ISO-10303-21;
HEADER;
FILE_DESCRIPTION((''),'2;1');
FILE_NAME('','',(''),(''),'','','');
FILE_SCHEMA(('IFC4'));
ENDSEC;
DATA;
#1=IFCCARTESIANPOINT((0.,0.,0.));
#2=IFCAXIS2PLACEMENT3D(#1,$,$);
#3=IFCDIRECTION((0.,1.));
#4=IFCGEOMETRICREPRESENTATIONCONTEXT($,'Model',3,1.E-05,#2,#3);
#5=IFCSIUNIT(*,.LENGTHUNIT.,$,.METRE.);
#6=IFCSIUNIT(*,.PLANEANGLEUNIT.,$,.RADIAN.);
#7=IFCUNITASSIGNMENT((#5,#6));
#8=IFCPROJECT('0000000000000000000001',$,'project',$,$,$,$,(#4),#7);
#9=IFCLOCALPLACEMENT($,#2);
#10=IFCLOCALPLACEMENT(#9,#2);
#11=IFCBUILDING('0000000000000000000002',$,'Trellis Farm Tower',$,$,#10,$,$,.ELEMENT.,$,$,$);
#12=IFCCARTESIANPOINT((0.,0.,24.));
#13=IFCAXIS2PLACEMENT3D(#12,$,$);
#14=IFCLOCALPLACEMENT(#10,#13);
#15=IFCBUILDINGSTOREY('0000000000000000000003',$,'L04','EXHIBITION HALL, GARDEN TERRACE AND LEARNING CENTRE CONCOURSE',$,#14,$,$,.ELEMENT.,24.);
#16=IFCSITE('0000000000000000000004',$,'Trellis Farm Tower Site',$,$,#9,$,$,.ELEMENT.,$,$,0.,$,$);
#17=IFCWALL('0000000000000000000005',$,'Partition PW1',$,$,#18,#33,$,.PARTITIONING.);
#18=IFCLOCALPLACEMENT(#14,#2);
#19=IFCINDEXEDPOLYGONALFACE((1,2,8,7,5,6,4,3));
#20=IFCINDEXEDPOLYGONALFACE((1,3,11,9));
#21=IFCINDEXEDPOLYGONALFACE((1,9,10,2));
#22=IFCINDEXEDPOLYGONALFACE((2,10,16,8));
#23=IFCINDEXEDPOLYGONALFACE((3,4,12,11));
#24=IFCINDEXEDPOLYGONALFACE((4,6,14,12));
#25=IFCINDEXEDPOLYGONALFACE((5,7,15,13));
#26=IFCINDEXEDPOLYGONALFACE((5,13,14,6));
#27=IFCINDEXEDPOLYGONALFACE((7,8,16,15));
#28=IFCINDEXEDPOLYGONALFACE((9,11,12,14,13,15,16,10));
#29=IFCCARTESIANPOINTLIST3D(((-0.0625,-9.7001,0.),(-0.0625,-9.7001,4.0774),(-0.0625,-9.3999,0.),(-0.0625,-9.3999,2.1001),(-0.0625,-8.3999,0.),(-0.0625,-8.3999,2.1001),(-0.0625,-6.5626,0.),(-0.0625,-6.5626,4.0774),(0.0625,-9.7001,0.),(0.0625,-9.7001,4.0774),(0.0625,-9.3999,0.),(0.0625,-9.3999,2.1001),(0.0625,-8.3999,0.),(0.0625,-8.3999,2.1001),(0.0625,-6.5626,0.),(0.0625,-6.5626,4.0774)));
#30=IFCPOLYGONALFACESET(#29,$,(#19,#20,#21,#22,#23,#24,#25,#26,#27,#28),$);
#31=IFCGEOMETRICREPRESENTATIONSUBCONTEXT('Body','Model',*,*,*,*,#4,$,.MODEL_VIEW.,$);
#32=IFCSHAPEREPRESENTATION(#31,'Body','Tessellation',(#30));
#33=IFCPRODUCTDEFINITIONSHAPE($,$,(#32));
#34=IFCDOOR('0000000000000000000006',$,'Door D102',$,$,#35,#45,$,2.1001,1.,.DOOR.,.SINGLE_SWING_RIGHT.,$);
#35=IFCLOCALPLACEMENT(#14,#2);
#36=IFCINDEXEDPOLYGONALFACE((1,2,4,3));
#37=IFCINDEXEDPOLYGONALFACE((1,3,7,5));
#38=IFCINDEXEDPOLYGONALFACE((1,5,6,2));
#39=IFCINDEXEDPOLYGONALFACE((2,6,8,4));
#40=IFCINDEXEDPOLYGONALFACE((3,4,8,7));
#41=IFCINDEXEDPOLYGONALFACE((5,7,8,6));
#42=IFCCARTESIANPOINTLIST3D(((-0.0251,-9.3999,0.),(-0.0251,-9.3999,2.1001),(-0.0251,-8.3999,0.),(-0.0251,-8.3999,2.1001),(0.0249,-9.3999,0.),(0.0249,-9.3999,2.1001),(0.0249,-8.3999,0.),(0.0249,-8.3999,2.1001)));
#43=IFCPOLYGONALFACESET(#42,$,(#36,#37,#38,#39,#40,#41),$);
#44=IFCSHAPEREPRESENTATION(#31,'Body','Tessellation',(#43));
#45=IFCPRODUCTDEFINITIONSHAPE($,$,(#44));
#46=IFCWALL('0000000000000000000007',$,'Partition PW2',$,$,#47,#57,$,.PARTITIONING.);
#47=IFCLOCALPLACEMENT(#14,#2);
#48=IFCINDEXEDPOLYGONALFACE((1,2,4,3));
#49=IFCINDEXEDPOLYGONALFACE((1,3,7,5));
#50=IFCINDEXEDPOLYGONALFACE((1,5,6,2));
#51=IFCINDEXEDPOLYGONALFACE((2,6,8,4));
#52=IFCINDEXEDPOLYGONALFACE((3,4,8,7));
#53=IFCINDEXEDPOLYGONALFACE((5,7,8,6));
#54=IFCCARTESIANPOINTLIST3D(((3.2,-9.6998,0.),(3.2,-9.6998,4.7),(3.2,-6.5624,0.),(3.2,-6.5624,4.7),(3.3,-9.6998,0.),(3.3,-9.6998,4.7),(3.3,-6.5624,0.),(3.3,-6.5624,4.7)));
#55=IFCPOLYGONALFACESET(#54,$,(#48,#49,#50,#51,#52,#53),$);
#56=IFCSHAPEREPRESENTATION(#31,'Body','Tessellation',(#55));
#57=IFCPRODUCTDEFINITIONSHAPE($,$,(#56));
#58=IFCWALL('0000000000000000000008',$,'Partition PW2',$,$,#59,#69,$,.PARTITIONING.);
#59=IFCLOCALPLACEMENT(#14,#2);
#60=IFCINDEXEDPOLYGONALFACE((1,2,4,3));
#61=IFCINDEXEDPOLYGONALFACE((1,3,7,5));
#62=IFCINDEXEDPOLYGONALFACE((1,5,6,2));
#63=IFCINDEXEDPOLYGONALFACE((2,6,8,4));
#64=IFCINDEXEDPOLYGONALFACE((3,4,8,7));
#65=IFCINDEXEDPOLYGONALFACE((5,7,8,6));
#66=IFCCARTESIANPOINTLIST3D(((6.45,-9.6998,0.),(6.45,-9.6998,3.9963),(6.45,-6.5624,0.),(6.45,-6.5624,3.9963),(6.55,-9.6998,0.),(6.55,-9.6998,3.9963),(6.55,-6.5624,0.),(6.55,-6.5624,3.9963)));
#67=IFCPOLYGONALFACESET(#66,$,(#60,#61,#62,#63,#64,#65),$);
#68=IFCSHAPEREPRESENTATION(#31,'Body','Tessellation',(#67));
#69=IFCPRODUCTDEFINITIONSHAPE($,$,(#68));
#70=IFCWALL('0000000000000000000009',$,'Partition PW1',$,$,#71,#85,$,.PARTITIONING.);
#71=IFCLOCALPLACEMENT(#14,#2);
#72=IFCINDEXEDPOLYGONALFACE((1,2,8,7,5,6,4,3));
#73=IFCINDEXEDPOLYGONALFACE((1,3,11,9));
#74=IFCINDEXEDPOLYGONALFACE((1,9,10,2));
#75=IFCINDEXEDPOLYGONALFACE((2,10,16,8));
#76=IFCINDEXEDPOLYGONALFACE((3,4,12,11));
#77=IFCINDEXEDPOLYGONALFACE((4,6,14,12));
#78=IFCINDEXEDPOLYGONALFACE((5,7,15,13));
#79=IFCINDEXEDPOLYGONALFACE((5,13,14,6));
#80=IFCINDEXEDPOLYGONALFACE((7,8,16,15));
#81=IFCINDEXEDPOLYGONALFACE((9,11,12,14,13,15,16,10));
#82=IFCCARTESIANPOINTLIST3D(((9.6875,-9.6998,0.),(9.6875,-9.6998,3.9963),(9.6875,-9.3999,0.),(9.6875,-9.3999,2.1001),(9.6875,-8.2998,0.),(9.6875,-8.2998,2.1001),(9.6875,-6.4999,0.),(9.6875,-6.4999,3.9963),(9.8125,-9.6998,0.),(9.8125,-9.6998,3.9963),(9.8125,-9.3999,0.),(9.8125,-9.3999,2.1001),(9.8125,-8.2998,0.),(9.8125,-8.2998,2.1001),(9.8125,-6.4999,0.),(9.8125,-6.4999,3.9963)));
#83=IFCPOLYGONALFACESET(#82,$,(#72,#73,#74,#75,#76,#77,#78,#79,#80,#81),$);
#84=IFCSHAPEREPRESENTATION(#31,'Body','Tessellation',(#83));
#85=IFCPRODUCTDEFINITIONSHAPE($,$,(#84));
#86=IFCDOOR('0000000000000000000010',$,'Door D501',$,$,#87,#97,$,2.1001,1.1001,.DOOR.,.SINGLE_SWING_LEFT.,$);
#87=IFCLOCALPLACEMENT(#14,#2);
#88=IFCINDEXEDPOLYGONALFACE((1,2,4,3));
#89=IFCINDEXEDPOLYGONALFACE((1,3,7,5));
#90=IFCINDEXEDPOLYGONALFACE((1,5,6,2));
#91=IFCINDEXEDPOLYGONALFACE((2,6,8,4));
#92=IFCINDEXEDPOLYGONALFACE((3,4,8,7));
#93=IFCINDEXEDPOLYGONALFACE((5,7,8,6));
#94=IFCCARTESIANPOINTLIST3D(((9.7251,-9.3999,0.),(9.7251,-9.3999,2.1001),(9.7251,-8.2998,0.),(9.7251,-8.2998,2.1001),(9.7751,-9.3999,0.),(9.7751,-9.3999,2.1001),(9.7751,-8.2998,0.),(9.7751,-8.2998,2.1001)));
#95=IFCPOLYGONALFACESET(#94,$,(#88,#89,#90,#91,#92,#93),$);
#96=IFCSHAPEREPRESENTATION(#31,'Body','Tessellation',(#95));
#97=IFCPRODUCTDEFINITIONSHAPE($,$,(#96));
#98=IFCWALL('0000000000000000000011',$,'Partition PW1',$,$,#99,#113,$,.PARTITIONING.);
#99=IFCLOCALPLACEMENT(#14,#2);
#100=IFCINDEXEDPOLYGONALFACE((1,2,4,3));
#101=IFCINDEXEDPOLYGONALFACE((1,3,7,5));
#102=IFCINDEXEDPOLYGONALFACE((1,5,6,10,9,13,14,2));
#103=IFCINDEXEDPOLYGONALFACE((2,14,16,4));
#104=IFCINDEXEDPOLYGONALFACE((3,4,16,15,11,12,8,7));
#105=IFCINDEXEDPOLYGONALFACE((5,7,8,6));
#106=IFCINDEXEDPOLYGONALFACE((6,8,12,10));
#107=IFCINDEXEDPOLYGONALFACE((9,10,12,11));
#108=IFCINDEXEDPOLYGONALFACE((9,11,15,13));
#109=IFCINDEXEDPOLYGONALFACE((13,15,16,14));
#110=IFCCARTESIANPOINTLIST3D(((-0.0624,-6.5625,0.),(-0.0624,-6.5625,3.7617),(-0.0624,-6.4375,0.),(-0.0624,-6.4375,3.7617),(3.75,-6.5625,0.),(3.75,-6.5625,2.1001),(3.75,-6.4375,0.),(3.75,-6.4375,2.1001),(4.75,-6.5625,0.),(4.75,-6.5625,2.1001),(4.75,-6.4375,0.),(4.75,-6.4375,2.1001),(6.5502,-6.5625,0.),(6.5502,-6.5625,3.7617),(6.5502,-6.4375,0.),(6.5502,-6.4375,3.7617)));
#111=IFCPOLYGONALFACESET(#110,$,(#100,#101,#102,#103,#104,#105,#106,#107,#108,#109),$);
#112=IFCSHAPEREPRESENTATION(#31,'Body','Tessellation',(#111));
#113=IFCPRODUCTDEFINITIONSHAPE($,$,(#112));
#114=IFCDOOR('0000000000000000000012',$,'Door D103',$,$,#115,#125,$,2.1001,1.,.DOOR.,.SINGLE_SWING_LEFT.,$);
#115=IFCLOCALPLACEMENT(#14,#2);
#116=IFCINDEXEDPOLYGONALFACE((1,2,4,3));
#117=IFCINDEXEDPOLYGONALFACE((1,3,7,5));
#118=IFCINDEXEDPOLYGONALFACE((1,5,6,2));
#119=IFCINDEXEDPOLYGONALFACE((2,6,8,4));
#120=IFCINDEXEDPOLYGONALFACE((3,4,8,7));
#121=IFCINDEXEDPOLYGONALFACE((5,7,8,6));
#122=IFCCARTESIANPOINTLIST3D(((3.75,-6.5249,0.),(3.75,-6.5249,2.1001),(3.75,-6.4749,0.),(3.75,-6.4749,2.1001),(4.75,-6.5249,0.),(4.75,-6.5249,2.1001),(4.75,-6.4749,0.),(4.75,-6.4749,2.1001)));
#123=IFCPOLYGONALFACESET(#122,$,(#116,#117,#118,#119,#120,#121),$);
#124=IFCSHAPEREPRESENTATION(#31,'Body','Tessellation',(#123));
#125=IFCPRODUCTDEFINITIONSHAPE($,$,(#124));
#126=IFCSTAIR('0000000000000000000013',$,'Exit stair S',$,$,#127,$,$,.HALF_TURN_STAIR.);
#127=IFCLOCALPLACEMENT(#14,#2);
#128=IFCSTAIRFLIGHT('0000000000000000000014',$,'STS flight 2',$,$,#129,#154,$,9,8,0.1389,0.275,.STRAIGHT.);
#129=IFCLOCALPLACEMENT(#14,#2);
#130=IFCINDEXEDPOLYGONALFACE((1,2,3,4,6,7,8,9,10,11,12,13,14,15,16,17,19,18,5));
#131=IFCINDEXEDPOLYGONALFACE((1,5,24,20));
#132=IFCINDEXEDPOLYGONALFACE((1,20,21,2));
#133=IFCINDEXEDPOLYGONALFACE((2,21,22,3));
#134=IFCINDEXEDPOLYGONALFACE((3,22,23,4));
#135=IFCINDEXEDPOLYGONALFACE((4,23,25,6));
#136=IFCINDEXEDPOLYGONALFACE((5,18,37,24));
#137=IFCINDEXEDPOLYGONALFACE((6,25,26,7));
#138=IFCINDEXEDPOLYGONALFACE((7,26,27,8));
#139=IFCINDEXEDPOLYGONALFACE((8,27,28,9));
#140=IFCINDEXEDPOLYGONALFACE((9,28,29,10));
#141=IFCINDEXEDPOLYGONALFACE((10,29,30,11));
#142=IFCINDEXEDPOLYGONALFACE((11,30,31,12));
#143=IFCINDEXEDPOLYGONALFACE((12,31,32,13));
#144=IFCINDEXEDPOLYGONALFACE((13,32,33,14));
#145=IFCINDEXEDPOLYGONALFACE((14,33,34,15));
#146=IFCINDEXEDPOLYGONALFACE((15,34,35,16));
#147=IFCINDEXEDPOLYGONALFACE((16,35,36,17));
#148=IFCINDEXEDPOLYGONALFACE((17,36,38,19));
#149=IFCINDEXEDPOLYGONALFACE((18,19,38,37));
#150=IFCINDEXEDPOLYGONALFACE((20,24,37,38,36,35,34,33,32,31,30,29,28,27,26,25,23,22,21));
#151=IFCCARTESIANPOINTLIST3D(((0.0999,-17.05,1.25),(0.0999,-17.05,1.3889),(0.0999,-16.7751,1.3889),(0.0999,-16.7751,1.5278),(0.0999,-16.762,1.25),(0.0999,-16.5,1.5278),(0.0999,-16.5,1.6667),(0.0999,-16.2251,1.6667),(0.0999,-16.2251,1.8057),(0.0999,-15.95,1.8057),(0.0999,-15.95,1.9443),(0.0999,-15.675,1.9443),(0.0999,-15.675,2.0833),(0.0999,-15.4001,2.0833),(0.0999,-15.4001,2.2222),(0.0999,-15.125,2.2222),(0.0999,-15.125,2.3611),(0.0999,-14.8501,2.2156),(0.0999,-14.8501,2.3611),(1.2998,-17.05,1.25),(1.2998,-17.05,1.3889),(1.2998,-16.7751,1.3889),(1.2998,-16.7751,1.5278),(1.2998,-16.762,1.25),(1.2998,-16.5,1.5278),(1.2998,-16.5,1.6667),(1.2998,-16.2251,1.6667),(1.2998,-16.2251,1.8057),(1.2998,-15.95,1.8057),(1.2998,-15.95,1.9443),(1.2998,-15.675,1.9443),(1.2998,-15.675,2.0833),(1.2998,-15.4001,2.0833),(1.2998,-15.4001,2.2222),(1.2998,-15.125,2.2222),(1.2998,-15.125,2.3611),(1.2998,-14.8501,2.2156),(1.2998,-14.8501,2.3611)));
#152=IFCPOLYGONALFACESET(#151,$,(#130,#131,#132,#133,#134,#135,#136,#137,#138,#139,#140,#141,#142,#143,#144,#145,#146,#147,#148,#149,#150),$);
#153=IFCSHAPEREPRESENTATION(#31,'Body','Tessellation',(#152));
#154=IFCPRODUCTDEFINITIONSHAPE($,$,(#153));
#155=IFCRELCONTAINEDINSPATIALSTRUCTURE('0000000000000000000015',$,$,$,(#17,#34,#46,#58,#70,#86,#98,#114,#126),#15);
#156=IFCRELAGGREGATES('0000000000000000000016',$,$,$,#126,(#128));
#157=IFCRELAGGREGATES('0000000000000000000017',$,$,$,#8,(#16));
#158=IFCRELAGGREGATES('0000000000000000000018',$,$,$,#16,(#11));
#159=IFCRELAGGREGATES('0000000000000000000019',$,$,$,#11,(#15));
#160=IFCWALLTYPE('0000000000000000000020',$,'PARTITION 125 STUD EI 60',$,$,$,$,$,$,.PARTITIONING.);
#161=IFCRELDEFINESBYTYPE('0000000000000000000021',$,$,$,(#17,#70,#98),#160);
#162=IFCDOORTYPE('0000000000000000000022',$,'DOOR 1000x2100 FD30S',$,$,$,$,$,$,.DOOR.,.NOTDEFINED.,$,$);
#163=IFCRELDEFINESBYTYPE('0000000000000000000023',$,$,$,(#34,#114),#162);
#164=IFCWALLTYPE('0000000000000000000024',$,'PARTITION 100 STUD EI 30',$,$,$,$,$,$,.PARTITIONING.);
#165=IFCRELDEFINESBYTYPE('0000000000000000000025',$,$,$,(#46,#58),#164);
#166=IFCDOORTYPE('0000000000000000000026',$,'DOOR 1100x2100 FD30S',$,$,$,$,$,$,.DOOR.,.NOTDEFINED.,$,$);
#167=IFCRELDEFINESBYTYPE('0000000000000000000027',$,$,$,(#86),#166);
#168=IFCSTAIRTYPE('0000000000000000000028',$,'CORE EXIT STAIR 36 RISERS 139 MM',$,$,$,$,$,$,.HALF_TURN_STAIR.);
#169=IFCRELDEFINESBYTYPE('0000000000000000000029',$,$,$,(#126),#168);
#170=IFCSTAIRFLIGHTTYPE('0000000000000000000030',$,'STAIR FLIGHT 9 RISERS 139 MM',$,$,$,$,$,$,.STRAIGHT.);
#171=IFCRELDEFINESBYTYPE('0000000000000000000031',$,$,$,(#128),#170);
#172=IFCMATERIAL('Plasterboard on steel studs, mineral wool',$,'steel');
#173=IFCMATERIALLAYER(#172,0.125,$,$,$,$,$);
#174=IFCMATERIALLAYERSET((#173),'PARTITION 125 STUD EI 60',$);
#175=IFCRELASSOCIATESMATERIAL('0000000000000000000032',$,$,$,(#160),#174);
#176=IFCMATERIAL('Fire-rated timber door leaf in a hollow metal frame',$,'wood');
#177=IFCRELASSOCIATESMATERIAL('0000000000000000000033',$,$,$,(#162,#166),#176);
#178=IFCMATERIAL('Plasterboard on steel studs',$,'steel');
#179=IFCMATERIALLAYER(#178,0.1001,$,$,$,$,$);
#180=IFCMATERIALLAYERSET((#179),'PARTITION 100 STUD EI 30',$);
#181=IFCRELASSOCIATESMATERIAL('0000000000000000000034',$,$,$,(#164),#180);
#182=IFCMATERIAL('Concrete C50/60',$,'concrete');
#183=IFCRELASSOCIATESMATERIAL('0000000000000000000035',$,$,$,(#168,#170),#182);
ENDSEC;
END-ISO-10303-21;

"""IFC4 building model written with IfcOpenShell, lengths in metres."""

from ifc_helpers import new_model, si_unit, direction, frame, frame_2d, origin, place, context, subcontext, project, spatial, polyline, rectangle, outline, extrude, source, transform, mapped, material, layer, layer_set, type_object, element, fill, aggregate, save


model = new_model("IFC4")

# Units and contexts
model_context = context("Model", 3, precision=1e-05, world=origin(), true_north=direction((0.0, 1.0)))
body_context = subcontext(model_context, "Body", "Model", "MODEL_VIEW")
ifc_project = project(units=[si_unit("LENGTHUNIT", "METRE"), si_unit("PLANEANGLEUNIT", "RADIAN")], contexts=[model_context])

# Site, building, storey
site_placement = place(None, origin())
site = spatial("IfcSite", under=ifc_project, at=site_placement, Name="Trellis Farm Tower Site", CompositionType="ELEMENT", RefElevation=0.0)
building_placement = place(site_placement, origin())
building = spatial("IfcBuilding", under=site, at=building_placement, Name="Trellis Farm Tower", CompositionType="ELEMENT")
storey_placement = place(building_placement, frame((0.0, 0.0, 24.0)))
storey = spatial("IfcBuildingStorey", under=building, at=storey_placement, Name="L04", Description="EXHIBITION HALL, GARDEN TERRACE AND LEARNING CENTRE CONCOURSE", CompositionType="ELEMENT", Elevation=24.0)

# Wall, opening, door
ifc_material_1 = material(Name="Plasterboard on steel studs, mineral wool", Category="steel")
ifc_layer_1 = layer(ifc_material_1, 0.125)
ifc_layer_set_1 = layer_set([ifc_layer_1], Name="PARTITION 125 STUD EI 60")
wall_type_1 = type_object("IfcWallType", Name="PARTITION 125 STUD EI 60", PredefinedType="PARTITIONING", material=ifc_layer_set_1)
shared_shape_1 = source(origin(), body_context, "Body", "SweptSolid", [
    extrude(rectangle(XDim=3.1375, YDim=0.125, at=frame_2d((1.5688, 0.0))), origin(), (0.0, 0.0, 1.0), 4.0774),
])
wall_1_placement = place(storey_placement, frame((0.0, -6.5625, 0.0), z_axis=(0.0, 0.0, 1.0), x_axis=(0.0, -1.0, 0.0)))
wall_1 = element("IfcWall", 1, at=wall_1_placement, inside=storey, type_object=wall_type_1, Name="Partition PW1", PredefinedType="PARTITIONING", context=body_context, shape_type="MappedRepresentation", body=[
    mapped(shared_shape_1, transform((0.0, 0.0, 0.0))),
])
shared_shape_2 = source(origin(), body_context, "Body", "SweptSolid", [
    extrude(rectangle(XDim=1.0, YDim=2.1001, at=frame_2d((0.5, 1.05))), frame((0.0, 0.0725, 0.0), z_axis=(0.0, -1.0, 0.0), x_axis=(1.0, 0.0, 0.0)), (0.0, 0.0, 1.0), 0.145),
])
opening_1_placement = place(wall_1_placement, frame((1.8374, 0.0, 0.0)))
opening_1 = element("IfcOpeningElement", 2, at=opening_1_placement, cuts=wall_1, PredefinedType="OPENING", context=body_context, shape_type="MappedRepresentation", body=[
    mapped(shared_shape_2, transform((0.0, 0.0, 0.0))),
])
ifc_material_2 = material(Name="Fire-rated timber door leaf in a hollow metal frame", Category="wood")
door_type_1 = type_object("IfcDoorType", Name="DOOR 1000x2100 FD30S", OperationType="NOTDEFINED", PredefinedType="DOOR", material=ifc_material_2)
shared_shape_3 = source(origin(), body_context, "Body", "SweptSolid", [
    extrude(rectangle(XDim=1.0, YDim=2.1001, at=frame_2d((0.5, 1.05))), frame((0.0, 0.0249, 0.0), z_axis=(0.0, -1.0, 0.0), x_axis=(1.0, 0.0, 0.0)), (0.0, 0.0, 1.0), 0.05),
])
door_1_placement = place(opening_1_placement, origin())
door_1 = element("IfcDoor", 3, at=door_1_placement, inside=storey, type_object=door_type_1, Name="Door D102", OperationType="SINGLE_SWING_RIGHT", OverallHeight=2.1001, OverallWidth=1.0, PredefinedType="DOOR", context=body_context, shape_type="MappedRepresentation", body=[
    mapped(shared_shape_3, transform((0.0, 0.0, 0.0))),
])
fill(opening_1, door_1)

# Walls
ifc_material_3 = material(Name="Plasterboard on steel studs", Category="steel")
ifc_layer_2 = layer(ifc_material_3, 0.1001)
ifc_layer_set_2 = layer_set([ifc_layer_2], Name="PARTITION 100 STUD EI 30")
wall_type_2 = type_object("IfcWallType", Name="PARTITION 100 STUD EI 30", PredefinedType="PARTITIONING", material=ifc_layer_set_2)
shared_shape_4 = source(origin(), body_context, "Body", "SweptSolid", [
    extrude(rectangle(XDim=3.1375, YDim=0.1001, at=frame_2d((1.5688, 0.0))), origin(), (0.0, 0.0, 1.0), 4.7),
])
wall_2_placement = place(storey_placement, frame((3.25, -9.7, 0.0), z_axis=(0.0, 0.0, 1.0), x_axis=(0.0, 1.0, 0.0)))
element("IfcWall", 4, at=wall_2_placement, inside=storey, type_object=wall_type_2, Name="Partition PW2", PredefinedType="PARTITIONING", context=body_context, shape_type="MappedRepresentation", body=[
    mapped(shared_shape_4, transform((0.0, 0.0, 0.0))),
])
shared_shape_5 = source(origin(), body_context, "Body", "SweptSolid", [
    extrude(rectangle(XDim=3.1375, YDim=0.1001, at=frame_2d((1.5688, 0.0))), origin(), (0.0, 0.0, 1.0), 3.9963),
])
wall_3_placement = place(storey_placement, frame((6.5, -9.7, 0.0), z_axis=(0.0, 0.0, 1.0), x_axis=(0.0, 1.0, 0.0)))
element("IfcWall", 5, at=wall_3_placement, inside=storey, type_object=wall_type_2, Name="Partition PW2", PredefinedType="PARTITIONING", context=body_context, shape_type="MappedRepresentation", body=[
    mapped(shared_shape_5, transform((0.0, 0.0, 0.0))),
])

# Walls, openings, doors
shared_shape_6 = source(origin(), body_context, "Body", "SweptSolid", [
    extrude(rectangle(XDim=3.2, YDim=0.125, at=frame_2d((1.6001, 0.0))), origin(), (0.0, 0.0, 1.0), 3.9963),
])
wall_4_placement = place(storey_placement, frame((9.75, -9.7, 0.0), z_axis=(0.0, 0.0, 1.0), x_axis=(0.0, 1.0, 0.0)))
wall_4 = element("IfcWall", 6, at=wall_4_placement, inside=storey, type_object=wall_type_1, Name="Partition PW1", PredefinedType="PARTITIONING", context=body_context, shape_type="MappedRepresentation", body=[
    mapped(shared_shape_6, transform((0.0, 0.0, 0.0))),
])
shared_shape_7 = source(origin(), body_context, "Body", "SweptSolid", [
    extrude(rectangle(XDim=1.1001, YDim=2.1001, at=frame_2d((0.55, 1.05))), frame((0.0, 0.0725, 0.0), z_axis=(0.0, -1.0, 0.0), x_axis=(1.0, 0.0, 0.0)), (0.0, 0.0, 1.0), 0.145),
])
opening_2_placement = place(wall_4_placement, frame((0.3, 0.0, 0.0)))
opening_2 = element("IfcOpeningElement", 7, at=opening_2_placement, cuts=wall_4, PredefinedType="OPENING", context=body_context, shape_type="MappedRepresentation", body=[
    mapped(shared_shape_7, transform((0.0, 0.0, 0.0))),
])
door_type_2 = type_object("IfcDoorType", Name="DOOR 1100x2100 FD30S", OperationType="NOTDEFINED", PredefinedType="DOOR", material=ifc_material_2)
shared_shape_8 = source(origin(), body_context, "Body", "SweptSolid", [
    extrude(rectangle(XDim=1.1001, YDim=2.1001, at=frame_2d((0.55, 1.05))), frame((0.0, 0.0249, 0.0), z_axis=(0.0, -1.0, 0.0), x_axis=(1.0, 0.0, 0.0)), (0.0, 0.0, 1.0), 0.05),
])
door_2_placement = place(opening_2_placement, origin())
door_2 = element("IfcDoor", 8, at=door_2_placement, inside=storey, type_object=door_type_2, Name="Door D501", OperationType="SINGLE_SWING_LEFT", OverallHeight=2.1001, OverallWidth=1.1001, PredefinedType="DOOR", context=body_context, shape_type="MappedRepresentation", body=[
    mapped(shared_shape_8, transform((0.0, 0.0, 0.0))),
])
fill(opening_2, door_2)
shared_shape_9 = source(origin(), body_context, "Body", "SweptSolid", [
    extrude(rectangle(XDim=6.6125, YDim=0.125, at=frame_2d((3.3062, 0.0))), origin(), (0.0, 0.0, 1.0), 3.7617),
])
wall_5_placement = place(storey_placement, frame((6.55, -6.5, 0.0), z_axis=(0.0, 0.0, 1.0), x_axis=(-1.0, 0.0, 0.0)))
wall_5 = element("IfcWall", 9, at=wall_5_placement, inside=storey, type_object=wall_type_1, Name="Partition PW1", PredefinedType="PARTITIONING", context=body_context, shape_type="MappedRepresentation", body=[
    mapped(shared_shape_9, transform((0.0, 0.0, 0.0))),
])
opening_3_placement = place(wall_5_placement, frame((1.8, 0.0, 0.0)))
opening_3 = element("IfcOpeningElement", 10, at=opening_3_placement, cuts=wall_5, PredefinedType="OPENING", context=body_context, shape_type="MappedRepresentation", body=[
    mapped(shared_shape_2, transform((0.0, 0.0, 0.0))),
])
door_3_placement = place(opening_3_placement, origin())
door_3 = element("IfcDoor", 11, at=door_3_placement, inside=storey, type_object=door_type_1, Name="Door D103", OperationType="SINGLE_SWING_LEFT", OverallHeight=2.1001, OverallWidth=1.0, PredefinedType="DOOR", context=body_context, shape_type="MappedRepresentation", body=[
    mapped(shared_shape_3, transform((0.0, 0.0, 0.0))),
])
fill(opening_3, door_3)

# Stair, stair flight
ifc_material_4 = material(Name="Concrete C50/60", Category="concrete")
stair_type = type_object("IfcStairType", Name="CORE EXIT STAIR 36 RISERS 139 MM", PredefinedType="HALF_TURN_STAIR", material=ifc_material_4)
stair_placement = place(storey_placement, origin())
stair = element("IfcStair", 12, at=stair_placement, inside=storey, type_object=stair_type, Name="Exit stair S", PredefinedType="HALF_TURN_STAIR")
stair_flight_type = type_object("IfcStairFlightType", Name="STAIR FLIGHT 9 RISERS 139 MM", PredefinedType="STRAIGHT", material=ifc_material_4)
shared_shape_10 = source(origin(), body_context, "Body", "SweptSolid", [
    extrude(outline(polyline([(0.0, 0.0), (0.0, 0.1389), (0.2749, 0.1389), (0.2749, 0.2778), (0.55, 0.2778), (0.55, 0.4167), (0.825, 0.4167), (0.825, 0.5557), (1.1001, 0.5557), (1.1001, 0.6943), (1.375, 0.6943), (1.375, 0.8333), (1.6499, 0.8333), (1.6499, 0.9722), (1.925, 0.9722), (1.925, 1.1111), (2.2, 1.1111), (2.2, 1.25), (2.2, 0.9656), (0.2881, 0.0), (0.0, 0.0)])), frame((0.0, 0.6001, 0.0), z_axis=(0.0, -1.0, 0.0), x_axis=(1.0, 0.0, 0.0)), (0.0, 0.0, 1.0), 1.2),
])
stair_flight_1_placement = place(storey_placement, frame((0.7, -17.05, 1.25), z_axis=(0.0, 0.0, 1.0), x_axis=(0.0, 1.0, 0.0)))
stair_flight_1 = element("IfcStairFlight", 13, at=stair_flight_1_placement, type_object=stair_flight_type, Name="STS flight 2", NumberOfRisers=9, NumberOfTreads=8, PredefinedType="STRAIGHT", RiserHeight=0.1389, TreadLength=0.275, context=body_context, shape_type="MappedRepresentation", body=[
    mapped(shared_shape_10, transform((0.0, 0.0, 0.0))),
])
aggregate(stair, [stair_flight_1])

save(model, "model.ifc")
